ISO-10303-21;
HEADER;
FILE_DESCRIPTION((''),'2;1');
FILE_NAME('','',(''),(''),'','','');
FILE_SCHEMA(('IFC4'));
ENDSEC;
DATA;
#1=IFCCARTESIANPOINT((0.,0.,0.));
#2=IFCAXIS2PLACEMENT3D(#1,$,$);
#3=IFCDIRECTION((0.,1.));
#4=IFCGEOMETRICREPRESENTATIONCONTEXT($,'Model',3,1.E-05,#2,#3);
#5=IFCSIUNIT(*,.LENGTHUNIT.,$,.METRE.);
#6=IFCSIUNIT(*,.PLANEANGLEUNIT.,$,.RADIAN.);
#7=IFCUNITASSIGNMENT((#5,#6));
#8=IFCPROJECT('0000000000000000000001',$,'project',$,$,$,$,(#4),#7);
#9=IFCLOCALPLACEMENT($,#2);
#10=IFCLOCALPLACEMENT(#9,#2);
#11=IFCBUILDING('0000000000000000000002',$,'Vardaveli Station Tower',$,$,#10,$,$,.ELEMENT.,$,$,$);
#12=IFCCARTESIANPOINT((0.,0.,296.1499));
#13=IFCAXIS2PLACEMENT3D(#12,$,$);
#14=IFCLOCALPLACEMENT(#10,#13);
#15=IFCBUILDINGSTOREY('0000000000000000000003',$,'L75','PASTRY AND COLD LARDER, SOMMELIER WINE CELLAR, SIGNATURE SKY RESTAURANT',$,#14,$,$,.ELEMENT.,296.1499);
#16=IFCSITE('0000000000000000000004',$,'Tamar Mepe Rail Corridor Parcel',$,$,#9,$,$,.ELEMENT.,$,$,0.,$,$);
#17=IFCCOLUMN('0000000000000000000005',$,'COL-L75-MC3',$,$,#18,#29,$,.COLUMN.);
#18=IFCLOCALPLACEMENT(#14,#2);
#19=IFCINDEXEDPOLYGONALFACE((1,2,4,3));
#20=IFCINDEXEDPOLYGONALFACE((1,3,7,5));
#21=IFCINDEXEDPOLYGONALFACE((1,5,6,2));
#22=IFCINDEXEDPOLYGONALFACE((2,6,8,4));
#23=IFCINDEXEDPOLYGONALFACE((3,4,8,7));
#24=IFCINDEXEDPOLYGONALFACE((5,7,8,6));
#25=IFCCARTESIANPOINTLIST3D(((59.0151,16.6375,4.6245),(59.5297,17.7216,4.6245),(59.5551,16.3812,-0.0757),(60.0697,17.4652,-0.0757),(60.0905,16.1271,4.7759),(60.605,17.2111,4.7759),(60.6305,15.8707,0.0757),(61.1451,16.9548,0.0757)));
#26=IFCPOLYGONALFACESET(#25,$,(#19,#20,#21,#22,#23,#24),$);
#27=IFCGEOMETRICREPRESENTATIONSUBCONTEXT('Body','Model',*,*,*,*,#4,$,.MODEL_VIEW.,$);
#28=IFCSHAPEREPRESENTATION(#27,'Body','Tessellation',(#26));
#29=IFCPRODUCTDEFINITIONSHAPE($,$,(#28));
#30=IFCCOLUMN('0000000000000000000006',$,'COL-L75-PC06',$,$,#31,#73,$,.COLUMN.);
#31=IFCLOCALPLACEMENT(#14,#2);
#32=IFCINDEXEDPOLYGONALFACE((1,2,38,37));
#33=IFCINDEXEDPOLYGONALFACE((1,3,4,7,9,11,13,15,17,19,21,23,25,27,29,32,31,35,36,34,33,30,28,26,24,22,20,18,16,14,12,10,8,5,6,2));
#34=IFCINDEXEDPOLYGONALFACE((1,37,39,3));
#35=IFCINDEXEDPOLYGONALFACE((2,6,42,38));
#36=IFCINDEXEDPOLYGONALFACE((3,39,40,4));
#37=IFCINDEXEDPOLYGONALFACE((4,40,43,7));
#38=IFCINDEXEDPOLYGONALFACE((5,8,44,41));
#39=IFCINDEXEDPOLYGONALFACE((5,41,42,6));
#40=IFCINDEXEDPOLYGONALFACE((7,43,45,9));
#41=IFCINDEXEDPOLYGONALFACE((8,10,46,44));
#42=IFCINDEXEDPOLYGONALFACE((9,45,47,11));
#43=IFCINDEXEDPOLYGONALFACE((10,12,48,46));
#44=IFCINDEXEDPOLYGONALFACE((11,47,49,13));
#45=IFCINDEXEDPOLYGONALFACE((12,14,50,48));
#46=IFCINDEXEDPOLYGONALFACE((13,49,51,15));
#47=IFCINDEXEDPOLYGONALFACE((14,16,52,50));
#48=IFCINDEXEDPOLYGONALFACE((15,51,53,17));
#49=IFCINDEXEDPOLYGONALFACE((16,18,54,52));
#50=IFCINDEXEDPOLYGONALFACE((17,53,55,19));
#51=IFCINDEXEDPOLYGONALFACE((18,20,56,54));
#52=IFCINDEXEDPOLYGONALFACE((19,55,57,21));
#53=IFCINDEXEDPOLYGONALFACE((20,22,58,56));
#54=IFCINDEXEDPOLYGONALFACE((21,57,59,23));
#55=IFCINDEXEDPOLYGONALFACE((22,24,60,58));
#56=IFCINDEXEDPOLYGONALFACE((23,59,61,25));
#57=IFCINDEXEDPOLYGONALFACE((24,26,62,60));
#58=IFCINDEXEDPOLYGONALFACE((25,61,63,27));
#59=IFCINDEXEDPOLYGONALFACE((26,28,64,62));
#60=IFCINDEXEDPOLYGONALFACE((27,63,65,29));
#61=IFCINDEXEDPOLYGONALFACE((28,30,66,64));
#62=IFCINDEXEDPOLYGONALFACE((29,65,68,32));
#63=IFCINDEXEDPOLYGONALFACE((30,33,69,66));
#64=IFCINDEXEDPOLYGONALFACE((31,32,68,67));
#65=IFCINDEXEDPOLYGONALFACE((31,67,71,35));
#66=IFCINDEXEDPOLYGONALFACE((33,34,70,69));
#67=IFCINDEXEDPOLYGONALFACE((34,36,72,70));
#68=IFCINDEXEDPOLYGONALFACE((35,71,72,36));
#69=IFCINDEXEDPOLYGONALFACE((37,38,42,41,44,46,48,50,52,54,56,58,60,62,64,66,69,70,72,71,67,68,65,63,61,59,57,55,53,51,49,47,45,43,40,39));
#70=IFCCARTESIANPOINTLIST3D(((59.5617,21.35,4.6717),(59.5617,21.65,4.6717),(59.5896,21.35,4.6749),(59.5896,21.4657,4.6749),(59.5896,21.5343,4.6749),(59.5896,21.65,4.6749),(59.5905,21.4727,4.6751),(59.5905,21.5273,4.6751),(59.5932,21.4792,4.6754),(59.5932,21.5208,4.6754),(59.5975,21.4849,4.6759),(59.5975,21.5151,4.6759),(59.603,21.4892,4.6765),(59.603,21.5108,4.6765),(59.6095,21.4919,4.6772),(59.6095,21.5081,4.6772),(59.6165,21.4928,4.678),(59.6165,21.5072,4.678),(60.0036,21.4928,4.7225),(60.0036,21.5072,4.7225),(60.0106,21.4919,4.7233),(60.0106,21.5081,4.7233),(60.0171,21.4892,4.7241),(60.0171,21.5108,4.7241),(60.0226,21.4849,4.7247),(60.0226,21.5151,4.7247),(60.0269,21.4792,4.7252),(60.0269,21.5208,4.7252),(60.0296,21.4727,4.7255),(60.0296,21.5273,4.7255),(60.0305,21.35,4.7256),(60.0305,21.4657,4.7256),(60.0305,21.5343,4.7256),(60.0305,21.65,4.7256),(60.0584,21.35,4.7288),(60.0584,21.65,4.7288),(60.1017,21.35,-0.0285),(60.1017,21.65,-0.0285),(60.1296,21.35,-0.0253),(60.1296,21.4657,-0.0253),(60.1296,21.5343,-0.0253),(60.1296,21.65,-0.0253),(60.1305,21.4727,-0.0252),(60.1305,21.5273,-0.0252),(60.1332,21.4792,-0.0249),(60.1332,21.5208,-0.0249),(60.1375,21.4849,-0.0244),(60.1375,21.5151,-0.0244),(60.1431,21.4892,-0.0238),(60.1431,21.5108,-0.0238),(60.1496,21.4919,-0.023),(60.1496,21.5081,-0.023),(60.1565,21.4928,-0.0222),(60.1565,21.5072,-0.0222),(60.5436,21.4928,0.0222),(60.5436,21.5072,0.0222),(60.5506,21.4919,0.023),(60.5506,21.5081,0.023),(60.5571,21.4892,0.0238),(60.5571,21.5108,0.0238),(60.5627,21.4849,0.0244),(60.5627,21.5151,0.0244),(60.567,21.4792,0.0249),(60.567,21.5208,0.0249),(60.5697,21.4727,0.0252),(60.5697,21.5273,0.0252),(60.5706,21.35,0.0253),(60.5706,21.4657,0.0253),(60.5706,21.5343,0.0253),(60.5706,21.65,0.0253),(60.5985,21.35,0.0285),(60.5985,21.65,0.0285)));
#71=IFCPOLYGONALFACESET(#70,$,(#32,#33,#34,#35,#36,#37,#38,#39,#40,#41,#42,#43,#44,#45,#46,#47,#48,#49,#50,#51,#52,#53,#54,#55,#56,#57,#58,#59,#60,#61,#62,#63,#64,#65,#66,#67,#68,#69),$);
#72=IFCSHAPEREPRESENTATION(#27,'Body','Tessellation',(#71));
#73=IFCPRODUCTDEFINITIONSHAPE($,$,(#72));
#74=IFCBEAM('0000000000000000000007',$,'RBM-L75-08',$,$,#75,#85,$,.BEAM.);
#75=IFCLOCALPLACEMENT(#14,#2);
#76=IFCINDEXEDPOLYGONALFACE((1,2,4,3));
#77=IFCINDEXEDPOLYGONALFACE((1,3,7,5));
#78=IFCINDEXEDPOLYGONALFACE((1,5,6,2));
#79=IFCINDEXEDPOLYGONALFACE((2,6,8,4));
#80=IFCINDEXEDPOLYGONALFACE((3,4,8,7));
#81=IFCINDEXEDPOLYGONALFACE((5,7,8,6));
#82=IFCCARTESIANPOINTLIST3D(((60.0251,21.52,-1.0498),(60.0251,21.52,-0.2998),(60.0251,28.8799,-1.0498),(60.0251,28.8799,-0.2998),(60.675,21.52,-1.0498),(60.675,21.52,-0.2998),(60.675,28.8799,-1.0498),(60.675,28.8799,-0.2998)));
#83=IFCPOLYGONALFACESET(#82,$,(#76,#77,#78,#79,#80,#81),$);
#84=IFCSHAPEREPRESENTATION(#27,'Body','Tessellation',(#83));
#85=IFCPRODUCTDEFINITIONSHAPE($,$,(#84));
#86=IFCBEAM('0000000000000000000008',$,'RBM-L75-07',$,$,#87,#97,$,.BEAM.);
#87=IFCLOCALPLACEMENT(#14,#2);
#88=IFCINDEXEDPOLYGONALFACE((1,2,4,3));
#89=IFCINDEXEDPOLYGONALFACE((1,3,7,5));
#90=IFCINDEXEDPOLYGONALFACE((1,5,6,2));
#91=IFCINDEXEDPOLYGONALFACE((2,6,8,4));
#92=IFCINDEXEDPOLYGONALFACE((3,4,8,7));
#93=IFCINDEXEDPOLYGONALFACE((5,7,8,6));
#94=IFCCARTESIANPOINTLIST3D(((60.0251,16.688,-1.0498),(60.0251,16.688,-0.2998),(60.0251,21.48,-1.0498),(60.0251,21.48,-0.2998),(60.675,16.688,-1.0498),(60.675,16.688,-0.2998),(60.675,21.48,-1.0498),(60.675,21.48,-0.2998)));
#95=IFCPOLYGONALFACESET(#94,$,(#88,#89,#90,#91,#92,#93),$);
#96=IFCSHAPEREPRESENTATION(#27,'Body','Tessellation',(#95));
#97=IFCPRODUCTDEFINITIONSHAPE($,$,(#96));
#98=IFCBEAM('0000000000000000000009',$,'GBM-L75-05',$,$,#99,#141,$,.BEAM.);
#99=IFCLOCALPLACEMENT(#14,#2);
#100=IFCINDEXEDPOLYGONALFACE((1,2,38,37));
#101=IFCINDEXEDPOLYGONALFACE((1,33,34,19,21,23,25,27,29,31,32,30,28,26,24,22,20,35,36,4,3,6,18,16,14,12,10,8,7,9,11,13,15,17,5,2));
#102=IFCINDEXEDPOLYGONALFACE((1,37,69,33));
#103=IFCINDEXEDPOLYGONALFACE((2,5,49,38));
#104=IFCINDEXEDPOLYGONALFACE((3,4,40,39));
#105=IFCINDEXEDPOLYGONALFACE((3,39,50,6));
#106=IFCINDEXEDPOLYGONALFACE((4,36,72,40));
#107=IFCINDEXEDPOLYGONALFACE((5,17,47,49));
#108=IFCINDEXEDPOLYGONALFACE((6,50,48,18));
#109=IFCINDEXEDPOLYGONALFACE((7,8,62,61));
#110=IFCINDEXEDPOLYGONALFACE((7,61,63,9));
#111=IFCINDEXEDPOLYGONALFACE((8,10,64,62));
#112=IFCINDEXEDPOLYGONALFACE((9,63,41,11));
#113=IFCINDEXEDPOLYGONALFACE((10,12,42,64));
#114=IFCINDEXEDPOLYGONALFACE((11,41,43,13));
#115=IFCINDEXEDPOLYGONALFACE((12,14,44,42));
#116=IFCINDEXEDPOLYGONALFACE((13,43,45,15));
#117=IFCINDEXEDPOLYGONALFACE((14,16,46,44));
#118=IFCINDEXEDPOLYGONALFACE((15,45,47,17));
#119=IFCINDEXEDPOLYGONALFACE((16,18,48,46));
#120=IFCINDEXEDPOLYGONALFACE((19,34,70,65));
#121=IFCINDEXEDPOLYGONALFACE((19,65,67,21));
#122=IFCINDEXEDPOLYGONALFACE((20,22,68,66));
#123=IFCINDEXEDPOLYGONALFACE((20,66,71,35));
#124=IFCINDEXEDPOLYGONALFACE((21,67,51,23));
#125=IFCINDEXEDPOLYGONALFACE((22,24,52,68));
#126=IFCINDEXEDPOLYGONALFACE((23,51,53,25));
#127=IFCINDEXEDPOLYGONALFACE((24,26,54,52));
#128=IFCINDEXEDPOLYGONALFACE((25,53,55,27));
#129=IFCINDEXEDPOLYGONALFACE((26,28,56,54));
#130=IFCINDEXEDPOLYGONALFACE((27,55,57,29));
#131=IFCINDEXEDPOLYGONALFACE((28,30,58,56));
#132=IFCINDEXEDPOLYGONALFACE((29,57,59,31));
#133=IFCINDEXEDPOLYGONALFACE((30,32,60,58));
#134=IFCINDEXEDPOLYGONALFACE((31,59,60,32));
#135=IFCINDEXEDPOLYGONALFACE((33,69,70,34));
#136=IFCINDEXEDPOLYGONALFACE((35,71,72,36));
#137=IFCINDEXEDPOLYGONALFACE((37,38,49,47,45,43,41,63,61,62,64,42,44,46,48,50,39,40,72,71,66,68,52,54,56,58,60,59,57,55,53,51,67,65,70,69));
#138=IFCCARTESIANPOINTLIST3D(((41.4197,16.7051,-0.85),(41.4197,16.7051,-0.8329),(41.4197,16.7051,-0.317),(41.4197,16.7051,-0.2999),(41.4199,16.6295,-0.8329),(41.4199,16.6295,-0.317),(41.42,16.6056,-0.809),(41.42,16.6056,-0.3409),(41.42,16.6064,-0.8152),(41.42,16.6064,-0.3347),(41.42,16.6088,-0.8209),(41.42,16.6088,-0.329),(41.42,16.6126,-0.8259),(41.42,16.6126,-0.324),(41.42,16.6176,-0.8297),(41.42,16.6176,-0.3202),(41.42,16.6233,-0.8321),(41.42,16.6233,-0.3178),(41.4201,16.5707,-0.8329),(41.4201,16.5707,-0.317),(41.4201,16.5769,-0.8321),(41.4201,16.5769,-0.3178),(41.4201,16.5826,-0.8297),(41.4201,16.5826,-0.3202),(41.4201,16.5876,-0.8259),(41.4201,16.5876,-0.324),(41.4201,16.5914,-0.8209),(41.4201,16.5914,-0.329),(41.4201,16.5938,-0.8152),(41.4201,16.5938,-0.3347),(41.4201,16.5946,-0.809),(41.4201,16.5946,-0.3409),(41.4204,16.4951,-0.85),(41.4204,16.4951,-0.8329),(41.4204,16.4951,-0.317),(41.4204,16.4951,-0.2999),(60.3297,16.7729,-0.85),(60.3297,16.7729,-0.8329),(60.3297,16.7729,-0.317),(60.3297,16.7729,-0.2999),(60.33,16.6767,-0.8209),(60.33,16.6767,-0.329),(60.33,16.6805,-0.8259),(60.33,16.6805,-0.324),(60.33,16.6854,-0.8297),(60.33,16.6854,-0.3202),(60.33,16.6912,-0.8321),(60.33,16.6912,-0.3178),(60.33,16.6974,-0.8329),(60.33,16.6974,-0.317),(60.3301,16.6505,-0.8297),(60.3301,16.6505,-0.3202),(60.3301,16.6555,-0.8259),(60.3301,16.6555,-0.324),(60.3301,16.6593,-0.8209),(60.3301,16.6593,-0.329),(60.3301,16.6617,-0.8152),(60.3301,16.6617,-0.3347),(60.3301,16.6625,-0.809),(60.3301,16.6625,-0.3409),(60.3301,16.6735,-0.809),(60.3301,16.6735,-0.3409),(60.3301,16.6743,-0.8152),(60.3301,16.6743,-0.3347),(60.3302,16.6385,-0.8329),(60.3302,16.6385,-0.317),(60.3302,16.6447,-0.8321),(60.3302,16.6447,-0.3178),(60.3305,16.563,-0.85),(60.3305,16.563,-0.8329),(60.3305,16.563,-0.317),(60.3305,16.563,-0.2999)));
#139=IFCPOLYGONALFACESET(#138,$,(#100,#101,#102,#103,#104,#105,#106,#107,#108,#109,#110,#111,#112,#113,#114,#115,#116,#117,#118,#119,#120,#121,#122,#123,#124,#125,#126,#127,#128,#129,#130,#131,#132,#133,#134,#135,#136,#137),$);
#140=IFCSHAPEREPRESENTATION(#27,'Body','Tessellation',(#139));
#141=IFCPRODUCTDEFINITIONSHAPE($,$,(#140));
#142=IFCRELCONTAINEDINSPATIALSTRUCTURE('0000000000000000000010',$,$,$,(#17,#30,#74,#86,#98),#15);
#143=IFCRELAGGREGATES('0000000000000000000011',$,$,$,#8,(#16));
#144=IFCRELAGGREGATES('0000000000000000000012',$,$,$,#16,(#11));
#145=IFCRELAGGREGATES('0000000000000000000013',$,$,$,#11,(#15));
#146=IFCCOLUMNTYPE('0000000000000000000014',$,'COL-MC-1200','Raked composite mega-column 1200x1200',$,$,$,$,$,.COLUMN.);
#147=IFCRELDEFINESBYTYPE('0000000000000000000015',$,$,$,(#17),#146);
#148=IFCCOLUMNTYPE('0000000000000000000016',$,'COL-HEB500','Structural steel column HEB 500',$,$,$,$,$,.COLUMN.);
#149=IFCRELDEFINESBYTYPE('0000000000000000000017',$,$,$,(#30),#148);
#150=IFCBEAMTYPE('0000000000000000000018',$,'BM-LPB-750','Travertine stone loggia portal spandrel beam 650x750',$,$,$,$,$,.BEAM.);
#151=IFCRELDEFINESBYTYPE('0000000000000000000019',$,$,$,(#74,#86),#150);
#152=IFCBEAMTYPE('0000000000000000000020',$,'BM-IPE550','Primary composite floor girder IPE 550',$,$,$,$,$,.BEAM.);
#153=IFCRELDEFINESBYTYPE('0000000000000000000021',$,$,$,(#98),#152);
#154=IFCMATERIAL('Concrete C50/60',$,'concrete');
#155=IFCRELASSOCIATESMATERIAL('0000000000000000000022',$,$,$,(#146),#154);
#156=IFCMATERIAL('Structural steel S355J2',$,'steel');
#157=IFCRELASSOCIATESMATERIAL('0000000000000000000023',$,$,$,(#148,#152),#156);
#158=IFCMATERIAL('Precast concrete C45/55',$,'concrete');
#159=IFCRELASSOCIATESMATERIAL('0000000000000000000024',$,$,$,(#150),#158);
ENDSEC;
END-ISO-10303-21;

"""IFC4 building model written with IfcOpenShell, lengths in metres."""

from ifc_helpers import new_model, si_unit, direction, frame, origin, origin_2d, place, context, subcontext, project, spatial, rectangle, i_section, extrude, source, transform, mapped, material, material_profile, profile_set, type_object, element, save


model = new_model("IFC4")

# Units and contexts
model_context = context("Model", 3, precision=1e-05, world=origin(), true_north=direction((0.0, 1.0)))
body_context = subcontext(model_context, "Body", "Model", "MODEL_VIEW")
ifc_project = project(units=[si_unit("LENGTHUNIT", "METRE"), si_unit("PLANEANGLEUNIT", "RADIAN")], contexts=[model_context])

# Site, building, storey
site_placement = place(None, origin())
site = spatial("IfcSite", under=ifc_project, at=site_placement, Name="Tamar Mepe Rail Corridor Parcel", CompositionType="ELEMENT", RefElevation=0.0)
building_placement = place(site_placement, origin())
building = spatial("IfcBuilding", under=site, at=building_placement, Name="Vardaveli Station Tower", CompositionType="ELEMENT")
storey_placement = place(building_placement, frame((0.0, 0.0, 296.1499)))
storey = spatial("IfcBuildingStorey", under=building, at=storey_placement, Name="L75", Description="PASTRY AND COLD LARDER, SOMMELIER WINE CELLAR, SIGNATURE SKY RESTAURANT", CompositionType="ELEMENT", Elevation=296.1499)

# Columns
ifc_material_1 = material(Name="Concrete C50/60", Category="concrete")
ifc_material_profile_1 = material_profile(ifc_material_1, rectangle(XDim=1.2, YDim=1.2, at=origin_2d()), Name="MC 1200x1200")
ifc_profile_set_1 = profile_set([ifc_material_profile_1], Name="Concrete C50/60")
column_type_1 = type_object("IfcColumnType", Name="COL-MC-1200", Description="Raked composite mega-column 1200x1200", PredefinedType="COLUMN", material=ifc_profile_set_1)
shared_shape_1 = source(origin(), body_context, "Body", "SweptSolid", [
    extrude(rectangle(XDim=1.2, YDim=1.2, at=origin_2d()), origin(), (0.0, 0.0, 1.0), 4.738),
])
column_1_placement = place(storey_placement, frame((60.3501, 16.668, 0.0), z_axis=(-0.113979, 0.054104, 0.992009), x_axis=(-0.428824, -0.903388, 0.0)))
element("IfcColumn", 1, at=column_1_placement, inside=storey, type_object=column_type_1, Name="COL-L75-MC3", PredefinedType="COLUMN", context=body_context, shape_type="MappedRepresentation", body=[
    mapped(shared_shape_1, transform((0.0, 0.0, 0.0), scale=1.0)),
])
ifc_material_2 = material(Name="Structural steel S355J2", Category="steel")
ifc_material_profile_2 = material_profile(ifc_material_2, i_section(OverallWidth=0.3, OverallDepth=0.5, WebThickness=0.0144, FlangeThickness=0.0281, FilletRadius=0.0271, at=origin_2d()), Name="HEB 500")
ifc_profile_set_2 = profile_set([ifc_material_profile_2], Name="Structural steel S355J2")
column_type_2 = type_object("IfcColumnType", Name="COL-HEB500", Description="Structural steel column HEB 500", PredefinedType="COLUMN", material=ifc_profile_set_2)
shared_shape_2 = source(origin(), body_context, "Body", "SweptSolid", [
    extrude(i_section(OverallWidth=0.3, OverallDepth=0.5, WebThickness=0.0144, FlangeThickness=0.0281, FilletRadius=0.0271, at=origin_2d()), origin(), (0.0, 0.0, 1.0), 4.7312),
])
column_2_placement = place(storey_placement, frame((60.3501, 21.5, 0.0), z_axis=(-0.114146, 0.0, 0.993464), x_axis=(0.0, -1.0, 0.0)))
element("IfcColumn", 2, at=column_2_placement, inside=storey, type_object=column_type_2, Name="COL-L75-PC06", PredefinedType="COLUMN", context=body_context, shape_type="MappedRepresentation", body=[
    mapped(shared_shape_2, transform((0.0, 0.0, 0.0), scale=1.0)),
])

# Beams
ifc_material_3 = material(Name="Precast concrete C45/55", Category="concrete")
ifc_material_profile_3 = material_profile(ifc_material_3, rectangle(XDim=0.6499, YDim=0.75, at=origin_2d()), Name="LPB 650x750")
ifc_profile_set_3 = profile_set([ifc_material_profile_3], Name="Precast concrete C45/55")
beam_type_1 = type_object("IfcBeamType", Name="BM-LPB-750", Description="Travertine stone loggia portal spandrel beam 650x750", PredefinedType="BEAM", material=ifc_profile_set_3)
shared_shape_3 = source(origin(), body_context, "Body", "SweptSolid", [
    extrude(rectangle(XDim=0.6499, YDim=0.75, at=origin_2d()), origin(), (0.0, 0.0, 1.0), 7.3599),
])
beam_1_placement = place(storey_placement, frame((60.3501, 21.52, -0.6748), z_axis=(0.0, 1.0, 0.0), x_axis=(-1.0, 0.0, 0.0)))
element("IfcBeam", 3, at=beam_1_placement, inside=storey, type_object=beam_type_1, Name="RBM-L75-08", PredefinedType="BEAM", context=body_context, shape_type="MappedRepresentation", body=[
    mapped(shared_shape_3, transform((0.0, 0.0, 0.0), scale=1.0)),
])
shared_shape_4 = source(origin(), body_context, "Body", "SweptSolid", [
    extrude(rectangle(XDim=0.6499, YDim=0.75, at=origin_2d()), origin(), (0.0, 0.0, 1.0), 4.792),
])
beam_2_placement = place(storey_placement, frame((60.3501, 16.688, -0.6748), z_axis=(0.0, 1.0, 0.0), x_axis=(-1.0, 0.0, 0.0)))
element("IfcBeam", 4, at=beam_2_placement, inside=storey, type_object=beam_type_1, Name="RBM-L75-07", PredefinedType="BEAM", context=body_context, shape_type="MappedRepresentation", body=[
    mapped(shared_shape_4, transform((0.0, 0.0, 0.0), scale=1.0)),
])
ifc_material_profile_4 = material_profile(ifc_material_2, i_section(OverallWidth=0.21, OverallDepth=0.55, WebThickness=0.011, FlangeThickness=0.0171, FilletRadius=0.0239, at=origin_2d()), Name="IPE 550")
ifc_profile_set_4 = profile_set([ifc_material_profile_4], Name="Structural steel S355J2")
beam_type_2 = type_object("IfcBeamType", Name="BM-IPE550", Description="Primary composite floor girder IPE 550", PredefinedType="BEAM", material=ifc_profile_set_4)
shared_shape_5 = source(origin(), body_context, "Body", "SweptSolid", [
    extrude(i_section(OverallWidth=0.21, OverallDepth=0.55, WebThickness=0.011, FlangeThickness=0.0171, FilletRadius=0.0239, at=origin_2d()), origin(), (0.0, 0.0, 1.0), 18.9102),
])
beam_3_placement = place(storey_placement, frame((60.3301, 16.668, -0.575), z_axis=(-0.999994, -0.003589, 0.0), x_axis=(0.003589, -0.999994, 0.0)))
element("IfcBeam", 5, at=beam_3_placement, inside=storey, type_object=beam_type_2, Name="GBM-L75-05", PredefinedType="BEAM", context=body_context, shape_type="MappedRepresentation", body=[
    mapped(shared_shape_5, transform((0.0, 0.0, 0.0), scale=1.0)),
])

save(model, "model.ifc")
